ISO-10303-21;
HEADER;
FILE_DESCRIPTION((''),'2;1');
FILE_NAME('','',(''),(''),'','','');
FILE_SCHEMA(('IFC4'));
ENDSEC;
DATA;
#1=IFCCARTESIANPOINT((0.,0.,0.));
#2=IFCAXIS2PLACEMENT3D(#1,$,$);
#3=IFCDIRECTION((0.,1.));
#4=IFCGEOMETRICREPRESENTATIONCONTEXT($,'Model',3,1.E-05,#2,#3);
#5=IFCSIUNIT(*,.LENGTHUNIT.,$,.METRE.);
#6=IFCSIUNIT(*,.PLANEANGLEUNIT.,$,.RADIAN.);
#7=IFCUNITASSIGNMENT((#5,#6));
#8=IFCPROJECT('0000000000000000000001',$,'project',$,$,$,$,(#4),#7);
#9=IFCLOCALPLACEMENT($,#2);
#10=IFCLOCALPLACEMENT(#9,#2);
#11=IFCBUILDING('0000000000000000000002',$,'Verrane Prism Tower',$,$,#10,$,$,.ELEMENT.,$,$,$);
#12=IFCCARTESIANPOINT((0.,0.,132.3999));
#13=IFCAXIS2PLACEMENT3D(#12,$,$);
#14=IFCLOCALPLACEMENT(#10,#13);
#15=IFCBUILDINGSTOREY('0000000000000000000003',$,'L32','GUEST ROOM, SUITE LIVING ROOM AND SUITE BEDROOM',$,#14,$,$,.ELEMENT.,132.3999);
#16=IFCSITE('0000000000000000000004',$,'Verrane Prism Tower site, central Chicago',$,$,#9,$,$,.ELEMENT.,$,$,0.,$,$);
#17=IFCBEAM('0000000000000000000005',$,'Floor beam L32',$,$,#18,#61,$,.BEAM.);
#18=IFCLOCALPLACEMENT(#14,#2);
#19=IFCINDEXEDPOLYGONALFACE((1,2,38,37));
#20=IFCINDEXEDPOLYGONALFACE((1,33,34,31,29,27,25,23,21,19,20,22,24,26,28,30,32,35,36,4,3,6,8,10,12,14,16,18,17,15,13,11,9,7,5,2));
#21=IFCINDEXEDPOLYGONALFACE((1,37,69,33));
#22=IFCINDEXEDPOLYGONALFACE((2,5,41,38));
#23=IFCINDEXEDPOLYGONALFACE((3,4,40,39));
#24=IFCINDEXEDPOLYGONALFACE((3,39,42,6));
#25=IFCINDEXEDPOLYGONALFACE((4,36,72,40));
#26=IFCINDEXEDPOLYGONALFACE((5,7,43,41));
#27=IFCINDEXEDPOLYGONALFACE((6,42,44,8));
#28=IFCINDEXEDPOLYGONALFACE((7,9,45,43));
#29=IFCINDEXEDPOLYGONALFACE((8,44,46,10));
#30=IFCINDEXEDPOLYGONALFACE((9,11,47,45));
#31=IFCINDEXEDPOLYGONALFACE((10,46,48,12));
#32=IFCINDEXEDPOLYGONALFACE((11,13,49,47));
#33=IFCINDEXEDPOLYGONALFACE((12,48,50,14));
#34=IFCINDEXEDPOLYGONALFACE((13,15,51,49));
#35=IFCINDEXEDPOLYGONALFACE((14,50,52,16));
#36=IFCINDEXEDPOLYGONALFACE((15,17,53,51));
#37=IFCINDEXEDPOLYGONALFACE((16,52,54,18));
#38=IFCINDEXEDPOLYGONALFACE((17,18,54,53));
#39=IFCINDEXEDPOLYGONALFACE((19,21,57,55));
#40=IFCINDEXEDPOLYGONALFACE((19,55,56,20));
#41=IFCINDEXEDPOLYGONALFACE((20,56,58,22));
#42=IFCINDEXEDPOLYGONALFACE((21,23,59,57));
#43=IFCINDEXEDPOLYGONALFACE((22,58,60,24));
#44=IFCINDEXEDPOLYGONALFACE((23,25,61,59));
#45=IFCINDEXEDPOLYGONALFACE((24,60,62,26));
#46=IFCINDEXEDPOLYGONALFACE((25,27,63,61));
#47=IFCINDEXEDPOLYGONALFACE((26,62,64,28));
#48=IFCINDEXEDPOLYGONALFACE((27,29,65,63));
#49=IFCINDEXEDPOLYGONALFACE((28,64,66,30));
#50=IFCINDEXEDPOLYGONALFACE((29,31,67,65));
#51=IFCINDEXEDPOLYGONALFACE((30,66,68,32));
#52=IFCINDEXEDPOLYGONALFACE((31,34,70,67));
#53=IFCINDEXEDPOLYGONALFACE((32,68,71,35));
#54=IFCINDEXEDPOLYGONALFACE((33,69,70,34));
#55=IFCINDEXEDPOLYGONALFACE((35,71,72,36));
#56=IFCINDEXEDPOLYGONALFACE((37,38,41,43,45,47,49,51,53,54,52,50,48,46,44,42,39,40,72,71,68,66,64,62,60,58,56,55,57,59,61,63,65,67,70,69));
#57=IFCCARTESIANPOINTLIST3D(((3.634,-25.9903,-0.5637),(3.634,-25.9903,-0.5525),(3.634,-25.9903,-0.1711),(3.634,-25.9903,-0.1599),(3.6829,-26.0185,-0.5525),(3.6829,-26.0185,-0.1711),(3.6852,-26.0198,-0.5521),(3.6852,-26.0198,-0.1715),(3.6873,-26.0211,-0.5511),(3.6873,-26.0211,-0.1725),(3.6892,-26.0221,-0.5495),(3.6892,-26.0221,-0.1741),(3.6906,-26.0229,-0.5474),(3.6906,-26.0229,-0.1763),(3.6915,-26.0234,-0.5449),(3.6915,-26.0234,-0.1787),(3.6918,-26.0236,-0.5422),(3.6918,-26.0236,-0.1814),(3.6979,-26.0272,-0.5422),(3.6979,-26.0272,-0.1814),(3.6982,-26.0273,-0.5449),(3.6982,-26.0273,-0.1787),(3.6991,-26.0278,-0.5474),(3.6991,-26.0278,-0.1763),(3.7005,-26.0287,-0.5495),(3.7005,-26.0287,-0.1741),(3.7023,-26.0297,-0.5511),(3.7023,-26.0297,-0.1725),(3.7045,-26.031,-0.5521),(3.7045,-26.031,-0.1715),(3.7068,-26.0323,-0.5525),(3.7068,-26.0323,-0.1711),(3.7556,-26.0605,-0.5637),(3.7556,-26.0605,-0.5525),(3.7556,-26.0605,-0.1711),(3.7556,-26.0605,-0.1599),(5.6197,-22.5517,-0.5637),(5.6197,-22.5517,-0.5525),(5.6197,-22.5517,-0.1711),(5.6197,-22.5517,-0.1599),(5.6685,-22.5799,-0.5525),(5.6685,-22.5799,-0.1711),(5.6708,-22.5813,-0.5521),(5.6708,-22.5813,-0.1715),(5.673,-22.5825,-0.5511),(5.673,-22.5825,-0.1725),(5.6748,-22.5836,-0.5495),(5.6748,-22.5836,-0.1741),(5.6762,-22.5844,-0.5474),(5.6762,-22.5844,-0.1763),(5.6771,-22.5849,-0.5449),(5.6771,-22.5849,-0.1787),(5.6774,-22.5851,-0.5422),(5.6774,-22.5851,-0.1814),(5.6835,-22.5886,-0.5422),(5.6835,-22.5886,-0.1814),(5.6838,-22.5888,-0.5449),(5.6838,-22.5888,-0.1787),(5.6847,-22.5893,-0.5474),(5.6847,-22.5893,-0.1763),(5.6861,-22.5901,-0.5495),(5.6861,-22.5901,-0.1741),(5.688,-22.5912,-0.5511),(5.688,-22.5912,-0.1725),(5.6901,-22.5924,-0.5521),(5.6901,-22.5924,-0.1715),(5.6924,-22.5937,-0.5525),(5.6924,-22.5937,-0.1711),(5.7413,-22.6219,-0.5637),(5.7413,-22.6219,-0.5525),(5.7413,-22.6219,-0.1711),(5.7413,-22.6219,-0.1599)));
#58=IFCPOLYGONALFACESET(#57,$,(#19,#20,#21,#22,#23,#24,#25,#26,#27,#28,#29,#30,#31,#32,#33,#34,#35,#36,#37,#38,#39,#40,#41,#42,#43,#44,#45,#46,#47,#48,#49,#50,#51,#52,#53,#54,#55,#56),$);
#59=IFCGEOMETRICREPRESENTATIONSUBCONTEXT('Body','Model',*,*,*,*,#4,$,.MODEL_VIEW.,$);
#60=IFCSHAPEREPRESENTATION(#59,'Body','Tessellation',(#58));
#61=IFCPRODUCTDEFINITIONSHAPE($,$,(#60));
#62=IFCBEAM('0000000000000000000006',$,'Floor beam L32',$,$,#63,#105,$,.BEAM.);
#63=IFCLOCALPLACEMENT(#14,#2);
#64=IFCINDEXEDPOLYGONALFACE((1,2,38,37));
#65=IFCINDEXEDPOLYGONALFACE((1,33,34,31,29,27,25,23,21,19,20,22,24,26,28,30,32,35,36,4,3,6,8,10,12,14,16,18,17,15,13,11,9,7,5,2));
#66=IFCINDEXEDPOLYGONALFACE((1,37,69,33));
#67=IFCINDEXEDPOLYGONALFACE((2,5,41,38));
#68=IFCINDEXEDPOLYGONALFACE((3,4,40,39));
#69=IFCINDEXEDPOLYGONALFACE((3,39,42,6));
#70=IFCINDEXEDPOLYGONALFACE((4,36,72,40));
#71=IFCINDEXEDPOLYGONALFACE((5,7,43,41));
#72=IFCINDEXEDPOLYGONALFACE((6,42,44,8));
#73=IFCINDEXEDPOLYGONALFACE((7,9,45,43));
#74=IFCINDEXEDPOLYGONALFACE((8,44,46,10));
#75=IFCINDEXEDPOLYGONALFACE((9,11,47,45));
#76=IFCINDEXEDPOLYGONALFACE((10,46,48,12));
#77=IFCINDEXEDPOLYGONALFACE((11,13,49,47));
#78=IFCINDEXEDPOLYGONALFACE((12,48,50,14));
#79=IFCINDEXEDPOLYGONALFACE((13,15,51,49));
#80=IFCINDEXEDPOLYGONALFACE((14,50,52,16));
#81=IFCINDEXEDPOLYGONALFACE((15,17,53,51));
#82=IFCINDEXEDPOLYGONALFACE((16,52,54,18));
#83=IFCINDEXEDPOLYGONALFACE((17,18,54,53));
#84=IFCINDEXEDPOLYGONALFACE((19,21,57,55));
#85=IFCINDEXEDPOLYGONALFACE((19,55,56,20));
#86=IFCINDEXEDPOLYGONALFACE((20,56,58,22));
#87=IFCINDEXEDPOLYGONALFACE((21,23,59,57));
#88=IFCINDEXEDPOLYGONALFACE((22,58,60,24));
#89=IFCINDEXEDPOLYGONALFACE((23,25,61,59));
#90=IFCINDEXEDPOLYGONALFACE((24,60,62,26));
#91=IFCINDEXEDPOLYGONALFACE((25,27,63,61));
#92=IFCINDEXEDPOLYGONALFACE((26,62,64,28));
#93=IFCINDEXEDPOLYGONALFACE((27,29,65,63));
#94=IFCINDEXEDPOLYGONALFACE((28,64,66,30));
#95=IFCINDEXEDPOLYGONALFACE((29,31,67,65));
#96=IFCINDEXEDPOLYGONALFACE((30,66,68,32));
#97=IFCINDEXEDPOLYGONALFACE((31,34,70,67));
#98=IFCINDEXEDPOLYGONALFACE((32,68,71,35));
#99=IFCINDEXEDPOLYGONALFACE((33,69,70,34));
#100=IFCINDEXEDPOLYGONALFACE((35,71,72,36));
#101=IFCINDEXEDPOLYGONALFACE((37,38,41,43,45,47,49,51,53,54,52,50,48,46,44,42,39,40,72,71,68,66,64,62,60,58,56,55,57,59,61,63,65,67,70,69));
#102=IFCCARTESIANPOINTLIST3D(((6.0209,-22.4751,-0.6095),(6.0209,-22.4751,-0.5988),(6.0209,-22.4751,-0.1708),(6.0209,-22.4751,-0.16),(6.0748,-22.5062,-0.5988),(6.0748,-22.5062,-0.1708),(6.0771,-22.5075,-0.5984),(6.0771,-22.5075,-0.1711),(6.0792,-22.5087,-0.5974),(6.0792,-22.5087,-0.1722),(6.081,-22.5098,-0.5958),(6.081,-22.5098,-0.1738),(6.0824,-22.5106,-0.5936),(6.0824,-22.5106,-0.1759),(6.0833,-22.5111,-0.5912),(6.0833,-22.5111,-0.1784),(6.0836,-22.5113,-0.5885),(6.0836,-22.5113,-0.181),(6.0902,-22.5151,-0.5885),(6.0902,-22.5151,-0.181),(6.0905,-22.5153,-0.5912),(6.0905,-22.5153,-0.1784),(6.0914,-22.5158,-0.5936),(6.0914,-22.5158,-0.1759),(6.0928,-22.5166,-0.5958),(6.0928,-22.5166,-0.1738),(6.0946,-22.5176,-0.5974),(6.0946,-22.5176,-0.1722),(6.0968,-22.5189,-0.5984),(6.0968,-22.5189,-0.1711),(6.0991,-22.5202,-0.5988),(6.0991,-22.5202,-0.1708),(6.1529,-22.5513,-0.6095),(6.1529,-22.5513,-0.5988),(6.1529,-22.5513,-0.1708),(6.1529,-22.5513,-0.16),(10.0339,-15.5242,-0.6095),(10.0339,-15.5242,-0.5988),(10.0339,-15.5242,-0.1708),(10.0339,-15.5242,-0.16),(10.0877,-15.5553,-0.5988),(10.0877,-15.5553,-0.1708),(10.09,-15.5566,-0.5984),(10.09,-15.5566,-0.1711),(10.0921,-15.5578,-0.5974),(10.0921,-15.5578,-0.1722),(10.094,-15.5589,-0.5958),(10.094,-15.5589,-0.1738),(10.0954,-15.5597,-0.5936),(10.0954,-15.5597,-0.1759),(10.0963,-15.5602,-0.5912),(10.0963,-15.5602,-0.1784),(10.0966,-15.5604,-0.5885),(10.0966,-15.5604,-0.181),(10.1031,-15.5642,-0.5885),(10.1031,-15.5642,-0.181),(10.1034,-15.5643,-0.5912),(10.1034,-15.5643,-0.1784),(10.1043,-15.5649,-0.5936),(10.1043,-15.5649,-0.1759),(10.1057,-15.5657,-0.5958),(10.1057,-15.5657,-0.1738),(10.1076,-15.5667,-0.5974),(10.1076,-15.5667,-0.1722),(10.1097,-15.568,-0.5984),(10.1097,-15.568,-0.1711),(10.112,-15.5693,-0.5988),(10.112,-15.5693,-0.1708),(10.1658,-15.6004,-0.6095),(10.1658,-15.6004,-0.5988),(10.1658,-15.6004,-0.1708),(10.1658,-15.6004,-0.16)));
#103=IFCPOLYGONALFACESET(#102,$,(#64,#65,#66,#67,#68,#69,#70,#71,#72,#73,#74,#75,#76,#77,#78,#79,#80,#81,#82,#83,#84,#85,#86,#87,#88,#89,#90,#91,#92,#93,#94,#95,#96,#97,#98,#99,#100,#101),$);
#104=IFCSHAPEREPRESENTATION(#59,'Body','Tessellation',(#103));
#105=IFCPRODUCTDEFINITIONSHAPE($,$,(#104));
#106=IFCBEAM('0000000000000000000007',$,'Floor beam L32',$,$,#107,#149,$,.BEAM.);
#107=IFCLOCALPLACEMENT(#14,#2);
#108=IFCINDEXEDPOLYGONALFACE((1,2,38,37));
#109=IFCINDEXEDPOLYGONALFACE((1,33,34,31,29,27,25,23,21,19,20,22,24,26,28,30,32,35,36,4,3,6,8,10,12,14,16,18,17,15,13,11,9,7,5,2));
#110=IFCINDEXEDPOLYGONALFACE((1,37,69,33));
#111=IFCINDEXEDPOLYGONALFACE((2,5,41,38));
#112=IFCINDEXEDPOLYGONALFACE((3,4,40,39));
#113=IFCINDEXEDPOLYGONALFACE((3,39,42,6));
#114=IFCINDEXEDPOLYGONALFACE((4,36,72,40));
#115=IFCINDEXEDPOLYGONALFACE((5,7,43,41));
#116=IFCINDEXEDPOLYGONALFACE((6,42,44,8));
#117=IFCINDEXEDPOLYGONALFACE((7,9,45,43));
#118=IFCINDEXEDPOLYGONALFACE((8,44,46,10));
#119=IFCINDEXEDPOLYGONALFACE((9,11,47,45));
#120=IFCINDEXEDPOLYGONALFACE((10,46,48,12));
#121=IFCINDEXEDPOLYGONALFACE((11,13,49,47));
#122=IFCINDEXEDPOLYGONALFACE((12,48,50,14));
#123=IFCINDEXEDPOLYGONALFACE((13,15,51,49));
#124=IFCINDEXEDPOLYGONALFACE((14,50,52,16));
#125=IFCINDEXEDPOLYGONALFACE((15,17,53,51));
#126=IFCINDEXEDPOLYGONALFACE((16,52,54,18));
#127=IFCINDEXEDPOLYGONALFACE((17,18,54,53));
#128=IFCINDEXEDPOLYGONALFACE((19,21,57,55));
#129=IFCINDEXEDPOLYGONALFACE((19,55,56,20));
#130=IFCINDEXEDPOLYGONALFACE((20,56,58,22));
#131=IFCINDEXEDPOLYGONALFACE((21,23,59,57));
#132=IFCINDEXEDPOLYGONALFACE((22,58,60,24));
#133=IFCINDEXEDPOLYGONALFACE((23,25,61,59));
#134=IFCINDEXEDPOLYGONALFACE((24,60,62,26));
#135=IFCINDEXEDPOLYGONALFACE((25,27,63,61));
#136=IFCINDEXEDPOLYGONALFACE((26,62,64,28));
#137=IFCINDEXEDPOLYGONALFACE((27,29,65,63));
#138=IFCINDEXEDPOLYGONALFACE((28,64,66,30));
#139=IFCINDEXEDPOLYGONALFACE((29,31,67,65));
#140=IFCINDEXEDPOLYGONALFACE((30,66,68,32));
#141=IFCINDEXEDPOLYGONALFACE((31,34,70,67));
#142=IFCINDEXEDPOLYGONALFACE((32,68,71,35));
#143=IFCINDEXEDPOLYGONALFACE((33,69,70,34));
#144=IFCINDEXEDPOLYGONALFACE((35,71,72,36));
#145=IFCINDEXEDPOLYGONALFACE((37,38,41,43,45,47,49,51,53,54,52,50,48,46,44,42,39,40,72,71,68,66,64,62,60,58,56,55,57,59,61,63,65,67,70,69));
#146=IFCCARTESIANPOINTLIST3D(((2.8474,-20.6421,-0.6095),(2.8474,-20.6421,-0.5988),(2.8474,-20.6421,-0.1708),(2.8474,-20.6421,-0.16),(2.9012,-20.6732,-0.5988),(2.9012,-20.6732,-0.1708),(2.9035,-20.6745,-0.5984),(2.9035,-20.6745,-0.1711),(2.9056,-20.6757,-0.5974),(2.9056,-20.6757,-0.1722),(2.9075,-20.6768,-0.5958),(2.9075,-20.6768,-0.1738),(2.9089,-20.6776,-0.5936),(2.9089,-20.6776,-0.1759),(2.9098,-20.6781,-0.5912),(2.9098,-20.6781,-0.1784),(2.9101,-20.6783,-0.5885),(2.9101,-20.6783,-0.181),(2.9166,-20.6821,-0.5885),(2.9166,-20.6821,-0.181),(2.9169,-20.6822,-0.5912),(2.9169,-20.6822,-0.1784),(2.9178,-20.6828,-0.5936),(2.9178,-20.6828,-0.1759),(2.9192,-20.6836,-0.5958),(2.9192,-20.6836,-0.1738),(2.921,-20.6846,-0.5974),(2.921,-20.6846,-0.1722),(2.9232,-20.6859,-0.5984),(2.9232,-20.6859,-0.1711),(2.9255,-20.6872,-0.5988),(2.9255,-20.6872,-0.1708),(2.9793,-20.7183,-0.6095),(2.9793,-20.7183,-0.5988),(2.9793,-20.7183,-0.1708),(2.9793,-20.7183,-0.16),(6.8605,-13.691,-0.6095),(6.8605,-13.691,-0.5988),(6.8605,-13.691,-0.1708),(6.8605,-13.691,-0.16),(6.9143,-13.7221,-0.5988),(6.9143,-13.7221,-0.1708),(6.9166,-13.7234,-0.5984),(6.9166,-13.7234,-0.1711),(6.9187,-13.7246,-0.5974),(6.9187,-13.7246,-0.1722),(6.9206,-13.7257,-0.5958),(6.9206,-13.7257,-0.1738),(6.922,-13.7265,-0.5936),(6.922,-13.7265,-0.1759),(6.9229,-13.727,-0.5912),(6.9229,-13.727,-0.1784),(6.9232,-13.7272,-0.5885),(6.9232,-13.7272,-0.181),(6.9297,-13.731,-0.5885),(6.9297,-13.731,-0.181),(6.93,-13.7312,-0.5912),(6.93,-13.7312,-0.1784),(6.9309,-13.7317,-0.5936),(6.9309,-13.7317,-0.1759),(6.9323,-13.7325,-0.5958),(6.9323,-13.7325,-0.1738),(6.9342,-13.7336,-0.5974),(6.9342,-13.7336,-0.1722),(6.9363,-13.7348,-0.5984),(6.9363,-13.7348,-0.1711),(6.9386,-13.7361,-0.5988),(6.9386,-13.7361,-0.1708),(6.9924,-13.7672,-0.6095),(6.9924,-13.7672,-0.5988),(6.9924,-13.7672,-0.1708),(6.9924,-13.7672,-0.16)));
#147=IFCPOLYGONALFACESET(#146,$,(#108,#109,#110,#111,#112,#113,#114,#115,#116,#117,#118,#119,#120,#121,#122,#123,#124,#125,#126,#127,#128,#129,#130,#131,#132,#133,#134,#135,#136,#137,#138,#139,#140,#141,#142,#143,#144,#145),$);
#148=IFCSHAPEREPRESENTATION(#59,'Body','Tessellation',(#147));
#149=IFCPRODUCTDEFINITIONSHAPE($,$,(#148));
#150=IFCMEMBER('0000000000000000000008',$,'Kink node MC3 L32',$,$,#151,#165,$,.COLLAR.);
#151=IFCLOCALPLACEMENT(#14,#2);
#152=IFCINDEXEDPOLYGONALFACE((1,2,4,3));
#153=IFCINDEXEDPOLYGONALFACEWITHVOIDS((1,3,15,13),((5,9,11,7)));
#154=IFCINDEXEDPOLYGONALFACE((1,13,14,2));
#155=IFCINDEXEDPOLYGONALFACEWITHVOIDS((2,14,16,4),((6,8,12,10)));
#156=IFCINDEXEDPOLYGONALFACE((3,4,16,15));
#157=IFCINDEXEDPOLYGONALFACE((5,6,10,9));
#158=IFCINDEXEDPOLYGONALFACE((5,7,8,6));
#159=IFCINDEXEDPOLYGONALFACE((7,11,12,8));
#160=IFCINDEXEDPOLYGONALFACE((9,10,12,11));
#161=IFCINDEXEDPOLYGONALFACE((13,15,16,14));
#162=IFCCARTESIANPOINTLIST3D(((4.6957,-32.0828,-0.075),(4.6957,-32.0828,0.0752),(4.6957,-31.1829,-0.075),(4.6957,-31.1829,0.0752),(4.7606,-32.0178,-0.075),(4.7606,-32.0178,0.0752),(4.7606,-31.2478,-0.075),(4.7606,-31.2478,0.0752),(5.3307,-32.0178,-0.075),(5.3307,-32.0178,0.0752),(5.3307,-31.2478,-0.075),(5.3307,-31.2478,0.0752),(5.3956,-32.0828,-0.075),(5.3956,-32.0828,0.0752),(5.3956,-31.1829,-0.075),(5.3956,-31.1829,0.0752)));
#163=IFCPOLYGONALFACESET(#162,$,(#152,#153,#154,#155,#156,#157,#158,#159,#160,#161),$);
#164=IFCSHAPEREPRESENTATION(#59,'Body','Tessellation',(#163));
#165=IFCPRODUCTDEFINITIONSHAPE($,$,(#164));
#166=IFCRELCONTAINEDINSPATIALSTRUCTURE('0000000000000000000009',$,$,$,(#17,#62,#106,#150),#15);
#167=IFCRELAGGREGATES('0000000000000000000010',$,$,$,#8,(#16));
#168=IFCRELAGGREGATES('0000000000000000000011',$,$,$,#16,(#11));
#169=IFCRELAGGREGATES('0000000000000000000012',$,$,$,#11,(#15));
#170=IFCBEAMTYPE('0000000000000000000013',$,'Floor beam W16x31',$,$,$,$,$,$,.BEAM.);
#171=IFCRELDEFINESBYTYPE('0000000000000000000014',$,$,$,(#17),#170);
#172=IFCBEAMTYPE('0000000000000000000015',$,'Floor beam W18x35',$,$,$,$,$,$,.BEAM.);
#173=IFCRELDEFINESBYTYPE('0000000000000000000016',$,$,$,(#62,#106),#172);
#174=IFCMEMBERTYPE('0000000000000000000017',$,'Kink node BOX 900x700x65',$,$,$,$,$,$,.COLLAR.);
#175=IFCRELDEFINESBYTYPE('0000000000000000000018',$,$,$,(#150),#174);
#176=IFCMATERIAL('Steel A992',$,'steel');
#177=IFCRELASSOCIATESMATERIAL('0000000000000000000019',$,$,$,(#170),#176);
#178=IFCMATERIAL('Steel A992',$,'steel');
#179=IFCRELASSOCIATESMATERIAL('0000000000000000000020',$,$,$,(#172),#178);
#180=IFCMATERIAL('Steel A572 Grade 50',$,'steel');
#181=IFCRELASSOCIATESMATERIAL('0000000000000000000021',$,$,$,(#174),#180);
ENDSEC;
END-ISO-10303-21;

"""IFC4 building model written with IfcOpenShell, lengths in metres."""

from ifc_helpers import new_model, si_unit, direction, frame, origin, origin_2d, place, context, subcontext, project, spatial, hollow_rectangle, i_section, extrude, material, material_profile, profile_set, type_object, element, save


model = new_model("IFC4")

# Units and contexts
model_context = context("Model", 3, precision=1e-05, world=origin(), true_north=direction((0.0, 1.0)))
body_context = subcontext(model_context, "Body", "Model", "MODEL_VIEW")
ifc_project = project(units=[si_unit("LENGTHUNIT", "METRE"), si_unit("PLANEANGLEUNIT", "RADIAN")], contexts=[model_context])

# Site, building, storey
site_placement = place(None, origin())
site = spatial("IfcSite", under=ifc_project, at=site_placement, Name="Verrane Prism Tower site, central Chicago", CompositionType="ELEMENT", RefElevation=0.0)
building_placement = place(site_placement, origin())
building = spatial("IfcBuilding", under=site, at=building_placement, Name="Verrane Prism Tower", CompositionType="ELEMENT")
storey_placement = place(building_placement, frame((0.0, 0.0, 132.3999)))
storey = spatial("IfcBuildingStorey", under=building, at=storey_placement, Name="L32", Description="GUEST ROOM, SUITE LIVING ROOM AND SUITE BEDROOM", CompositionType="ELEMENT", Elevation=132.3999)

# Beams
ifc_material_1 = material(Name="Steel A992", Category="steel")
ifc_material_profile_1 = material_profile(ifc_material_1, i_section(OverallWidth=0.1404, OverallDepth=0.4038, WebThickness=0.0071, FlangeThickness=0.0112, FilletRadius=0.0103, at=origin_2d()), Name="W16x31")
ifc_profile_set_1 = profile_set([ifc_material_profile_1], Name="Steel A992")
beam_type_1 = type_object("IfcBeamType", Name="Floor beam W16x31", PredefinedType="BEAM", material=ifc_profile_set_1)
beam_1_placement = place(storey_placement, frame((3.6948, -26.0254, -0.3618), z_axis=(0.500074, 0.865983, 0.0), x_axis=(-0.865983, 0.500074, 0.0)))
element("IfcBeam", 1, at=beam_1_placement, inside=storey, type_object=beam_type_1, Name="Floor beam L32", PredefinedType="BEAM", context=body_context, shape_type="SweptSolid", body=[
    extrude(i_section(OverallWidth=0.1404, OverallDepth=0.4038, WebThickness=0.0071, FlangeThickness=0.0112, FilletRadius=0.0103, at=origin_2d()), origin(), (0.0, 0.0, 1.0), 3.9707),
])
ifc_material_2 = material(Name="Steel A992", Category="steel")
ifc_material_profile_2 = material_profile(ifc_material_2, i_section(OverallWidth=0.1523, OverallDepth=0.4495, WebThickness=0.0076, FlangeThickness=0.0107, FilletRadius=0.0103, at=origin_2d()), Name="W18x35")
ifc_profile_set_2 = profile_set([ifc_material_profile_2], Name="Steel A992")
beam_type_2 = type_object("IfcBeamType", Name="Floor beam W18x35", PredefinedType="BEAM", material=ifc_profile_set_2)
beam_2_placement = place(storey_placement, frame((6.0869, -22.5132, -0.3848), z_axis=(0.499983, 0.866035, 0.0), x_axis=(-0.866035, 0.499983, 0.0)))
element("IfcBeam", 2, at=beam_2_placement, inside=storey, type_object=beam_type_2, Name="Floor beam L32", PredefinedType="BEAM", context=body_context, shape_type="SweptSolid", body=[
    extrude(i_section(OverallWidth=0.1523, OverallDepth=0.4495, WebThickness=0.0076, FlangeThickness=0.0107, FilletRadius=0.0103, at=origin_2d()), origin(), (0.0, 0.0, 1.0), 8.0261),
])
beam_3_placement = place(storey_placement, frame((2.9133, -20.6802, -0.3848), z_axis=(0.499993, 0.86603, 0.0), x_axis=(-0.86603, 0.499993, 0.0)))
element("IfcBeam", 3, at=beam_3_placement, inside=storey, type_object=beam_type_2, Name="Floor beam L32", PredefinedType="BEAM", context=body_context, shape_type="SweptSolid", body=[
    extrude(i_section(OverallWidth=0.1523, OverallDepth=0.4495, WebThickness=0.0076, FlangeThickness=0.0107, FilletRadius=0.0103, at=origin_2d()), origin(), (0.0, 0.0, 1.0), 8.0264),
])

# Member
ifc_material_3 = material(Name="Steel A572 Grade 50", Category="steel")
ifc_material_profile_3 = material_profile(ifc_material_3, hollow_rectangle(XDim=0.7, YDim=0.8999, WallThickness=0.0649, at=origin_2d()), Name="BOX 900x700x65")
ifc_profile_set_3 = profile_set([ifc_material_profile_3], Name="Steel A572 Grade 50")
member_type_1 = type_object("IfcMemberType", Name="Kink node BOX 900x700x65", PredefinedType="COLLAR", material=ifc_profile_set_3)
member_1_placement = place(storey_placement, frame((5.0457, -31.6328, -0.075), z_axis=(0.0, 0.0, 1.0), x_axis=(-1.0, 0.0, 0.0)))
element("IfcMember", 4, at=member_1_placement, inside=storey, type_object=member_type_1, Name="Kink node MC3 L32", PredefinedType="COLLAR", context=body_context, shape_type="SweptSolid", body=[
    extrude(hollow_rectangle(XDim=0.7, YDim=0.8999, WallThickness=0.0649, at=origin_2d()), origin(), (0.0, 0.0, 1.0), 0.1501),
])

save(model, "model.ifc")
